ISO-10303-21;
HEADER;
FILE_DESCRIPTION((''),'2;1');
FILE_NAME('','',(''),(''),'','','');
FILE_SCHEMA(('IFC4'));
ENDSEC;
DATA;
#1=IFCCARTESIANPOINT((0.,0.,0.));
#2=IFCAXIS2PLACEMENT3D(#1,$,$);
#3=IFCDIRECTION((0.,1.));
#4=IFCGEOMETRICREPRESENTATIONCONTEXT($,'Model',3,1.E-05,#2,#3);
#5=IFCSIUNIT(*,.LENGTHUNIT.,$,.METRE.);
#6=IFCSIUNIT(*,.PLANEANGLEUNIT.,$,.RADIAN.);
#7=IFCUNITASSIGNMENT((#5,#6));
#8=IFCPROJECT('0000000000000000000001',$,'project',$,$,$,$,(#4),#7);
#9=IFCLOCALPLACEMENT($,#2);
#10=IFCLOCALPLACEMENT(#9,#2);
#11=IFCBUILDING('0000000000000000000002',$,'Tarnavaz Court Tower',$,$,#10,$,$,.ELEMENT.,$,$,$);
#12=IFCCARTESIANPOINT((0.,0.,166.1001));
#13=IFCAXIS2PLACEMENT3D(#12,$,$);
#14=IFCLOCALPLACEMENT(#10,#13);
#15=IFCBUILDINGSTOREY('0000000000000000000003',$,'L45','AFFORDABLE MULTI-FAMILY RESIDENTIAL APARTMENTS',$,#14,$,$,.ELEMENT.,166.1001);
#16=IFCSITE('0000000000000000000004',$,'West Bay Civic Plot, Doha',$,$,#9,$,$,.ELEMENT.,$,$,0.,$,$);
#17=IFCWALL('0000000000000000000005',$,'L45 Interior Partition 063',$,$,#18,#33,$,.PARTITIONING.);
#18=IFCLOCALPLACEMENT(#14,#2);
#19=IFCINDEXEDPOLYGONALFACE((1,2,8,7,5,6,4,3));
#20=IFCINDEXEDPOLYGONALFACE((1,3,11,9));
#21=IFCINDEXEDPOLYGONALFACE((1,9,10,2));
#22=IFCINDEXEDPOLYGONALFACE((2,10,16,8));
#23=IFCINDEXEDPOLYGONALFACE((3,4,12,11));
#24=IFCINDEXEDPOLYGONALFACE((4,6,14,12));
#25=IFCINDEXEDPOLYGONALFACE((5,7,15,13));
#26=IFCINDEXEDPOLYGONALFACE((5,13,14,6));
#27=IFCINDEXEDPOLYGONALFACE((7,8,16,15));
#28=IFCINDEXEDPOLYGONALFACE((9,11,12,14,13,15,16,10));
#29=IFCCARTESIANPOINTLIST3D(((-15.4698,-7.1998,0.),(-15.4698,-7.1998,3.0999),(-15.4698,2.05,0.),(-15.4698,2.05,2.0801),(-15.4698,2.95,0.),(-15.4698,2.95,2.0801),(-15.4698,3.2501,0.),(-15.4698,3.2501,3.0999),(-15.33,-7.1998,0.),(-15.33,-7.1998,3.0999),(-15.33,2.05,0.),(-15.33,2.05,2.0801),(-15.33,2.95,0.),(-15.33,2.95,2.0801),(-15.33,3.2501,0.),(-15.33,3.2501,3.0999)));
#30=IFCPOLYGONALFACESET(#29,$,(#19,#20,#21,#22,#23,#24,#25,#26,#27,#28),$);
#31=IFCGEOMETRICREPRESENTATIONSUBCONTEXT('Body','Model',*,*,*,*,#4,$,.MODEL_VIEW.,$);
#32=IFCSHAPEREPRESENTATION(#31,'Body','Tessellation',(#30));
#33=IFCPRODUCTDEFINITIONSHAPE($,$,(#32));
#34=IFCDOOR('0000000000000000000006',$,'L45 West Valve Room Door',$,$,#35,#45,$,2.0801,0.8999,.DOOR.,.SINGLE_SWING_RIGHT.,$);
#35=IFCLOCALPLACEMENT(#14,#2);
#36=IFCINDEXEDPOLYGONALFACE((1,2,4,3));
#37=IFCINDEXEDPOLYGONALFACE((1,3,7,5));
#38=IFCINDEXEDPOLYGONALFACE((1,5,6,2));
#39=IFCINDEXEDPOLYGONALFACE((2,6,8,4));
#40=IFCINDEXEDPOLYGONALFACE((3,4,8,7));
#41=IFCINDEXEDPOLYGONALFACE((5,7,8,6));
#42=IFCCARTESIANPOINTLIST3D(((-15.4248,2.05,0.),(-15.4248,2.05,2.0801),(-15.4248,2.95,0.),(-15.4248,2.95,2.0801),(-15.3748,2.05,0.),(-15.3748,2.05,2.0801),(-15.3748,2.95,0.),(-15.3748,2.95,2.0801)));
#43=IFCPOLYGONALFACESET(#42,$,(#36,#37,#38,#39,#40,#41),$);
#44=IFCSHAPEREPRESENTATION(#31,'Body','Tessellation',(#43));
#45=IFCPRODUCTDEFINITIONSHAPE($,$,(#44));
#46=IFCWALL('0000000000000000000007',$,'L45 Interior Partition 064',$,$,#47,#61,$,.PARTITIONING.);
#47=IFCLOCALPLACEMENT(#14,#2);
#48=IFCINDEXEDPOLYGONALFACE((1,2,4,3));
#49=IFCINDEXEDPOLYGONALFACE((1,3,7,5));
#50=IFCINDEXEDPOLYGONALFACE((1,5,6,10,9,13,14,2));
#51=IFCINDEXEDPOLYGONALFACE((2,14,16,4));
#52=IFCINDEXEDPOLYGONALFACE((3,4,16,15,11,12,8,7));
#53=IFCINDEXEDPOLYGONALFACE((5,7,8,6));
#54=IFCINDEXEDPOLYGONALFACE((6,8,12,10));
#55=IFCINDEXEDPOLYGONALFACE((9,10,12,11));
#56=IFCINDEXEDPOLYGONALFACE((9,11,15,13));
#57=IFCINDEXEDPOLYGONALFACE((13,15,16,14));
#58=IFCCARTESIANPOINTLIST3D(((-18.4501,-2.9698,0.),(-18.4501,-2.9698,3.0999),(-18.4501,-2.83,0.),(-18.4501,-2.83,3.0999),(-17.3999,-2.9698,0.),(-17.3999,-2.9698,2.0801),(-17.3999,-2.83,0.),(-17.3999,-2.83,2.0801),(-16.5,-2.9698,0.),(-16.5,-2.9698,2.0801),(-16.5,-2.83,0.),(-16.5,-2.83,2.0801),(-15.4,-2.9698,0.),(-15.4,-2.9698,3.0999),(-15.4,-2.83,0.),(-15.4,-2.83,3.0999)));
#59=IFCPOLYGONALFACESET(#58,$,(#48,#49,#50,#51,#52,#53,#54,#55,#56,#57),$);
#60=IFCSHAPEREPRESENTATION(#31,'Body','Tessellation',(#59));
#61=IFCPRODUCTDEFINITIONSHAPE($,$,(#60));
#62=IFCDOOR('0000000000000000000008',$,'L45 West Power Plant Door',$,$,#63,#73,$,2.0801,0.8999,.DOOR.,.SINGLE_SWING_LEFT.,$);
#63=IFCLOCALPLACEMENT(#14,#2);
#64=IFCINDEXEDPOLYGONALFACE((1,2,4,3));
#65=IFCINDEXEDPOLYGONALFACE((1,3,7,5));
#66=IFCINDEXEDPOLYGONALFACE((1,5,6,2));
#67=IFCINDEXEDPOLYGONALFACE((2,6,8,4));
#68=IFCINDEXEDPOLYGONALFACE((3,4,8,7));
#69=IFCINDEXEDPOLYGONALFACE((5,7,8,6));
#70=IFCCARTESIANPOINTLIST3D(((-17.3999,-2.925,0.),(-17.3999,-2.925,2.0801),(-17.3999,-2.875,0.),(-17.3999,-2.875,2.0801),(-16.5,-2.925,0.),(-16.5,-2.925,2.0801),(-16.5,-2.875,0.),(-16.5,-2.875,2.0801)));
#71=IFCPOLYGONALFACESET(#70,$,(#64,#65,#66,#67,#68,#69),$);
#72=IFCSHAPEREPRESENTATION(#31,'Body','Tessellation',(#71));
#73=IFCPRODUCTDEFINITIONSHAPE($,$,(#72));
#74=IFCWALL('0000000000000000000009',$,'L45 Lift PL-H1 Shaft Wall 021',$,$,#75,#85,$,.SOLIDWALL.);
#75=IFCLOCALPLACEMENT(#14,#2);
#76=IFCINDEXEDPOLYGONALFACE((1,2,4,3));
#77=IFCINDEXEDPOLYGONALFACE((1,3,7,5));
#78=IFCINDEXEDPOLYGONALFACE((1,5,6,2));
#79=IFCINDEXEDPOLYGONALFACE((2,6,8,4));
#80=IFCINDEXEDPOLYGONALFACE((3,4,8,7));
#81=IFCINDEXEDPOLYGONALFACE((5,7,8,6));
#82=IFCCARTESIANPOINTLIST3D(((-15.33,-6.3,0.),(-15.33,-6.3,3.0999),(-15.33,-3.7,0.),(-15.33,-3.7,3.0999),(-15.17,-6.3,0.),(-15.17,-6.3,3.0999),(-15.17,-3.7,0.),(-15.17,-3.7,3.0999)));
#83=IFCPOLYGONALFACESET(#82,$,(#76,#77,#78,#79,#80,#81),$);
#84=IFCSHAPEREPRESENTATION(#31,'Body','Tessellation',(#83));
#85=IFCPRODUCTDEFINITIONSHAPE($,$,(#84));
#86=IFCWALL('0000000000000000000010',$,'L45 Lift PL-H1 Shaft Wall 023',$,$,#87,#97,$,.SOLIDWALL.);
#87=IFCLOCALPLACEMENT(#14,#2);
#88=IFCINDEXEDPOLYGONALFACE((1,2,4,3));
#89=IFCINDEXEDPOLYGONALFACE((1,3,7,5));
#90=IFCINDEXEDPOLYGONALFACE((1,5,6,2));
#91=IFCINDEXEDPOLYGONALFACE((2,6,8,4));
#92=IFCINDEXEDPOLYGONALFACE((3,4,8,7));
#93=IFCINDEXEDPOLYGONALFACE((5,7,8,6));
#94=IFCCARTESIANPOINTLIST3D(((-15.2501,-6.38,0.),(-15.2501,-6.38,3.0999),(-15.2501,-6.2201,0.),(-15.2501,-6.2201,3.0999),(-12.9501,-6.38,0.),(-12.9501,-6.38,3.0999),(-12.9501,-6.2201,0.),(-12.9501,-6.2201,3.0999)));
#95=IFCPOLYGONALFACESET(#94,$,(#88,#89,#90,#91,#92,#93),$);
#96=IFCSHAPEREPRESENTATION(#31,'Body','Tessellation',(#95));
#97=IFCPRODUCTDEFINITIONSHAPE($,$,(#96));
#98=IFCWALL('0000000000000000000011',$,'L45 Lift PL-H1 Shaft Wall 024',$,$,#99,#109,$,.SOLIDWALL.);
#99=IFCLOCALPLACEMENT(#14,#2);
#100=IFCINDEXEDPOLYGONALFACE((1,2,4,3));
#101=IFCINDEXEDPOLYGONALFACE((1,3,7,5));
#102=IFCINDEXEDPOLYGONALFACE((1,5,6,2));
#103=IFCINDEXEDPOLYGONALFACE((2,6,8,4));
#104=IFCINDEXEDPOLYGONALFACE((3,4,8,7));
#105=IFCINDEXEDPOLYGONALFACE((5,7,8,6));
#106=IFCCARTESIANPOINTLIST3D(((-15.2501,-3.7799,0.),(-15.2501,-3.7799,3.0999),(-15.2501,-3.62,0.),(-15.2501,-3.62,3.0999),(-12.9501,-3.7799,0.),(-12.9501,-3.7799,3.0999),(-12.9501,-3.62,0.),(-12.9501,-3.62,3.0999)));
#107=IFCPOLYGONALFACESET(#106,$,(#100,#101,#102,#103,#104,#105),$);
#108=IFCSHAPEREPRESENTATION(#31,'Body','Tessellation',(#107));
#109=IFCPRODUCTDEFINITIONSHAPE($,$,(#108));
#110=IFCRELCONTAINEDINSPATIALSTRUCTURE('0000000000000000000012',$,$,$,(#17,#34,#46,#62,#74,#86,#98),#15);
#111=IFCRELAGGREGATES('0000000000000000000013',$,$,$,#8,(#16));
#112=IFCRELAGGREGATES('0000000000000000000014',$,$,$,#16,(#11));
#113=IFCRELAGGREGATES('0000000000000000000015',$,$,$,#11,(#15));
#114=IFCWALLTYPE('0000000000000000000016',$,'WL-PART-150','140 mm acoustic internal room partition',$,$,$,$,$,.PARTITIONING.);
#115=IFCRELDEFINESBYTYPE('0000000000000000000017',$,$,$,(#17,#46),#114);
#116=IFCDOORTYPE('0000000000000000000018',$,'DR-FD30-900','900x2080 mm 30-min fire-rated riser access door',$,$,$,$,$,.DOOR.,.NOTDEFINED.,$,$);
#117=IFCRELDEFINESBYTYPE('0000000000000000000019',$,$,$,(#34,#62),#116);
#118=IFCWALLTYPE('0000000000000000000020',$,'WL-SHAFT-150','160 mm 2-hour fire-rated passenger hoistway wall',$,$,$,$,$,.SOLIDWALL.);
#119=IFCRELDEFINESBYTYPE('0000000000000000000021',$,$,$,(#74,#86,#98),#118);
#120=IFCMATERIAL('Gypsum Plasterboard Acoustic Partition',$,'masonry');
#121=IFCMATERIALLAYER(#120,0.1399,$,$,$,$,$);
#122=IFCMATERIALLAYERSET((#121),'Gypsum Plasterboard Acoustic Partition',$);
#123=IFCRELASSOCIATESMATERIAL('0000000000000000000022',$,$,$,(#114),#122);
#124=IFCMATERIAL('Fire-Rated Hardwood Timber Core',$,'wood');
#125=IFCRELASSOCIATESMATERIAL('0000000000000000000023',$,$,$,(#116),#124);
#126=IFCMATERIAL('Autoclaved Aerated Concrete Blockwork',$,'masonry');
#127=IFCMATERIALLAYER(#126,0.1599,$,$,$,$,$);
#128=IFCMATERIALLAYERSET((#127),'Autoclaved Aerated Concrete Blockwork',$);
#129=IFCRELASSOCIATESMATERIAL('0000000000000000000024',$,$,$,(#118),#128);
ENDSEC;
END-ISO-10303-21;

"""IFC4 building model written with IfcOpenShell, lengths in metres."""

from ifc_helpers import new_model, si_unit, direction, frame, frame_2d, origin, place, context, subcontext, project, spatial, rectangle, extrude, material, layer, layer_set, type_object, element, fill, save


model = new_model("IFC4")

# Units and contexts
model_context = context("Model", 3, precision=1e-05, world=origin(), true_north=direction((0.0, 1.0)))
body_context = subcontext(model_context, "Body", "Model", "MODEL_VIEW")
ifc_project = project(units=[si_unit("LENGTHUNIT", "METRE"), si_unit("PLANEANGLEUNIT", "RADIAN")], contexts=[model_context])

# Site, building, storey
site_placement = place(None, origin())
site = spatial("IfcSite", under=ifc_project, at=site_placement, Name="West Bay Civic Plot, Doha", CompositionType="ELEMENT", RefElevation=0.0)
building_placement = place(site_placement, origin())
building = spatial("IfcBuilding", under=site, at=building_placement, Name="Tarnavaz Court Tower", CompositionType="ELEMENT")
storey_placement = place(building_placement, frame((0.0, 0.0, 166.1001)))
storey = spatial("IfcBuildingStorey", under=building, at=storey_placement, Name="L45", Description="AFFORDABLE MULTI-FAMILY RESIDENTIAL APARTMENTS", CompositionType="ELEMENT", Elevation=166.1001)

# Shared definitions
ifc_material_1 = material(Name="Fire-Rated Hardwood Timber Core", Category="wood")

# Walls, openings, doors
ifc_material_2 = material(Name="Gypsum Plasterboard Acoustic Partition", Category="masonry")
ifc_layer_1 = layer(ifc_material_2, 0.1399)
ifc_layer_set_1 = layer_set([ifc_layer_1], Name="Gypsum Plasterboard Acoustic Partition")
wall_type_1 = type_object("IfcWallType", Name="WL-PART-150", Description="140 mm acoustic internal room partition", PredefinedType="PARTITIONING", material=ifc_layer_set_1)
wall_1_placement = place(storey_placement, frame((-15.3999, -7.2, 0.0), z_axis=(0.0, 0.0, 1.0), x_axis=(0.0, 1.0, 0.0)))
wall_1 = element("IfcWall", 1, at=wall_1_placement, inside=storey, type_object=wall_type_1, Name="L45 Interior Partition 063", PredefinedType="PARTITIONING", context=body_context, shape_type="SweptSolid", body=[
    extrude(rectangle(XDim=10.45, YDim=0.1399, at=frame_2d((5.2251, 0.0))), origin(), (0.0, 0.0, 1.0), 3.0999),
])
opening_1_placement = place(wall_1_placement, frame((9.25, 0.0, 0.0)))
opening_1 = element("IfcOpeningElement", 2, at=opening_1_placement, cuts=wall_1, PredefinedType="OPENING", context=body_context, shape_type="SweptSolid", body=[
    extrude(rectangle(XDim=0.8999, YDim=2.0801, at=frame_2d((0.45, 1.04))), frame((0.0, 0.0798, 0.0), z_axis=(0.0, -1.0, 0.0), x_axis=(1.0, 0.0, 0.0)), (0.0, 0.0, 1.0), 0.1599),
])
door_type_1 = type_object("IfcDoorType", Name="DR-FD30-900", Description="900x2080 mm 30-min fire-rated riser access door", OperationType="NOTDEFINED", PredefinedType="DOOR", material=ifc_material_1)
door_1_placement = place(opening_1_placement, origin())
door_1 = element("IfcDoor", 3, at=door_1_placement, inside=storey, type_object=door_type_1, Name="L45 West Valve Room Door", OperationType="SINGLE_SWING_RIGHT", OverallHeight=2.0801, OverallWidth=0.8999, PredefinedType="DOOR", context=body_context, shape_type="SweptSolid", body=[
    extrude(rectangle(XDim=0.8999, YDim=2.0801, at=frame_2d((0.45, 1.04))), frame((0.0, 0.0249, 0.0), z_axis=(0.0, -1.0, 0.0), x_axis=(1.0, 0.0, 0.0)), (0.0, 0.0, 1.0), 0.05),
])
fill(opening_1, door_1)
wall_2_placement = place(storey_placement, frame((-18.45, -2.8999, 0.0), z_axis=(0.0, 0.0, 1.0), x_axis=(1.0, 0.0, 0.0)))
wall_2 = element("IfcWall", 4, at=wall_2_placement, inside=storey, type_object=wall_type_1, Name="L45 Interior Partition 064", PredefinedType="PARTITIONING", context=body_context, shape_type="SweptSolid", body=[
    extrude(rectangle(XDim=3.05, YDim=0.1399, at=frame_2d((1.5249, 0.0))), origin(), (0.0, 0.0, 1.0), 3.0999),
])
opening_2_placement = place(wall_2_placement, frame((1.05, 0.0, 0.0)))
opening_2 = element("IfcOpeningElement", 5, at=opening_2_placement, cuts=wall_2, PredefinedType="OPENING", context=body_context, shape_type="SweptSolid", body=[
    extrude(rectangle(XDim=0.8999, YDim=2.0801, at=frame_2d((0.45, 1.04))), frame((0.0, 0.0798, 0.0), z_axis=(0.0, -1.0, 0.0), x_axis=(1.0, 0.0, 0.0)), (0.0, 0.0, 1.0), 0.1599),
])
door_2_placement = place(opening_2_placement, origin())
door_2 = element("IfcDoor", 6, at=door_2_placement, inside=storey, type_object=door_type_1, Name="L45 West Power Plant Door", OperationType="SINGLE_SWING_LEFT", OverallHeight=2.0801, OverallWidth=0.8999, PredefinedType="DOOR", context=body_context, shape_type="SweptSolid", body=[
    extrude(rectangle(XDim=0.8999, YDim=2.0801, at=frame_2d((0.45, 1.04))), frame((0.0, 0.0249, 0.0), z_axis=(0.0, -1.0, 0.0), x_axis=(1.0, 0.0, 0.0)), (0.0, 0.0, 1.0), 0.05),
])
fill(opening_2, door_2)

# Walls
ifc_material_3 = material(Name="Autoclaved Aerated Concrete Blockwork", Category="masonry")
ifc_layer_2 = layer(ifc_material_3, 0.1599)
ifc_layer_set_2 = layer_set([ifc_layer_2], Name="Autoclaved Aerated Concrete Blockwork")
wall_type_2 = type_object("IfcWallType", Name="WL-SHAFT-150", Description="160 mm 2-hour fire-rated passenger hoistway wall", PredefinedType="SOLIDWALL", material=ifc_layer_set_2)
wall_3_placement = place(storey_placement, frame((-15.25, -6.3, 0.0), z_axis=(0.0, 0.0, 1.0), x_axis=(0.0, 1.0, 0.0)))
element("IfcWall", 7, at=wall_3_placement, inside=storey, type_object=wall_type_2, Name="L45 Lift PL-H1 Shaft Wall 021", PredefinedType="SOLIDWALL", context=body_context, shape_type="SweptSolid", body=[
    extrude(rectangle(XDim=2.6001, YDim=0.1599, at=frame_2d((1.3, 0.0))), origin(), (0.0, 0.0, 1.0), 3.0999),
])
for number, where, z_axis, x_axis, name in (
    (8, (-15.25, -6.3, 0.0), (0.0, 0.0, 1.0), (1.0, 0.0, 0.0), "L45 Lift PL-H1 Shaft Wall 023"),
    (9, (-15.25, -3.7, 0.0), (0.0, 0.0, 1.0), (1.0, 0.0, 0.0), "L45 Lift PL-H1 Shaft Wall 024"),
):
    element("IfcWall", number, at=place(storey_placement, frame(where, z_axis=z_axis, x_axis=x_axis)), inside=storey, type_object=wall_type_2, Name=name, PredefinedType="SOLIDWALL", context=body_context, shape_type="SweptSolid", body=[
        extrude(rectangle(XDim=2.3, YDim=0.1599, at=frame_2d((1.1499, 0.0))), origin(), (0.0, 0.0, 1.0), 3.0999),
    ])

save(model, "model.ifc")
